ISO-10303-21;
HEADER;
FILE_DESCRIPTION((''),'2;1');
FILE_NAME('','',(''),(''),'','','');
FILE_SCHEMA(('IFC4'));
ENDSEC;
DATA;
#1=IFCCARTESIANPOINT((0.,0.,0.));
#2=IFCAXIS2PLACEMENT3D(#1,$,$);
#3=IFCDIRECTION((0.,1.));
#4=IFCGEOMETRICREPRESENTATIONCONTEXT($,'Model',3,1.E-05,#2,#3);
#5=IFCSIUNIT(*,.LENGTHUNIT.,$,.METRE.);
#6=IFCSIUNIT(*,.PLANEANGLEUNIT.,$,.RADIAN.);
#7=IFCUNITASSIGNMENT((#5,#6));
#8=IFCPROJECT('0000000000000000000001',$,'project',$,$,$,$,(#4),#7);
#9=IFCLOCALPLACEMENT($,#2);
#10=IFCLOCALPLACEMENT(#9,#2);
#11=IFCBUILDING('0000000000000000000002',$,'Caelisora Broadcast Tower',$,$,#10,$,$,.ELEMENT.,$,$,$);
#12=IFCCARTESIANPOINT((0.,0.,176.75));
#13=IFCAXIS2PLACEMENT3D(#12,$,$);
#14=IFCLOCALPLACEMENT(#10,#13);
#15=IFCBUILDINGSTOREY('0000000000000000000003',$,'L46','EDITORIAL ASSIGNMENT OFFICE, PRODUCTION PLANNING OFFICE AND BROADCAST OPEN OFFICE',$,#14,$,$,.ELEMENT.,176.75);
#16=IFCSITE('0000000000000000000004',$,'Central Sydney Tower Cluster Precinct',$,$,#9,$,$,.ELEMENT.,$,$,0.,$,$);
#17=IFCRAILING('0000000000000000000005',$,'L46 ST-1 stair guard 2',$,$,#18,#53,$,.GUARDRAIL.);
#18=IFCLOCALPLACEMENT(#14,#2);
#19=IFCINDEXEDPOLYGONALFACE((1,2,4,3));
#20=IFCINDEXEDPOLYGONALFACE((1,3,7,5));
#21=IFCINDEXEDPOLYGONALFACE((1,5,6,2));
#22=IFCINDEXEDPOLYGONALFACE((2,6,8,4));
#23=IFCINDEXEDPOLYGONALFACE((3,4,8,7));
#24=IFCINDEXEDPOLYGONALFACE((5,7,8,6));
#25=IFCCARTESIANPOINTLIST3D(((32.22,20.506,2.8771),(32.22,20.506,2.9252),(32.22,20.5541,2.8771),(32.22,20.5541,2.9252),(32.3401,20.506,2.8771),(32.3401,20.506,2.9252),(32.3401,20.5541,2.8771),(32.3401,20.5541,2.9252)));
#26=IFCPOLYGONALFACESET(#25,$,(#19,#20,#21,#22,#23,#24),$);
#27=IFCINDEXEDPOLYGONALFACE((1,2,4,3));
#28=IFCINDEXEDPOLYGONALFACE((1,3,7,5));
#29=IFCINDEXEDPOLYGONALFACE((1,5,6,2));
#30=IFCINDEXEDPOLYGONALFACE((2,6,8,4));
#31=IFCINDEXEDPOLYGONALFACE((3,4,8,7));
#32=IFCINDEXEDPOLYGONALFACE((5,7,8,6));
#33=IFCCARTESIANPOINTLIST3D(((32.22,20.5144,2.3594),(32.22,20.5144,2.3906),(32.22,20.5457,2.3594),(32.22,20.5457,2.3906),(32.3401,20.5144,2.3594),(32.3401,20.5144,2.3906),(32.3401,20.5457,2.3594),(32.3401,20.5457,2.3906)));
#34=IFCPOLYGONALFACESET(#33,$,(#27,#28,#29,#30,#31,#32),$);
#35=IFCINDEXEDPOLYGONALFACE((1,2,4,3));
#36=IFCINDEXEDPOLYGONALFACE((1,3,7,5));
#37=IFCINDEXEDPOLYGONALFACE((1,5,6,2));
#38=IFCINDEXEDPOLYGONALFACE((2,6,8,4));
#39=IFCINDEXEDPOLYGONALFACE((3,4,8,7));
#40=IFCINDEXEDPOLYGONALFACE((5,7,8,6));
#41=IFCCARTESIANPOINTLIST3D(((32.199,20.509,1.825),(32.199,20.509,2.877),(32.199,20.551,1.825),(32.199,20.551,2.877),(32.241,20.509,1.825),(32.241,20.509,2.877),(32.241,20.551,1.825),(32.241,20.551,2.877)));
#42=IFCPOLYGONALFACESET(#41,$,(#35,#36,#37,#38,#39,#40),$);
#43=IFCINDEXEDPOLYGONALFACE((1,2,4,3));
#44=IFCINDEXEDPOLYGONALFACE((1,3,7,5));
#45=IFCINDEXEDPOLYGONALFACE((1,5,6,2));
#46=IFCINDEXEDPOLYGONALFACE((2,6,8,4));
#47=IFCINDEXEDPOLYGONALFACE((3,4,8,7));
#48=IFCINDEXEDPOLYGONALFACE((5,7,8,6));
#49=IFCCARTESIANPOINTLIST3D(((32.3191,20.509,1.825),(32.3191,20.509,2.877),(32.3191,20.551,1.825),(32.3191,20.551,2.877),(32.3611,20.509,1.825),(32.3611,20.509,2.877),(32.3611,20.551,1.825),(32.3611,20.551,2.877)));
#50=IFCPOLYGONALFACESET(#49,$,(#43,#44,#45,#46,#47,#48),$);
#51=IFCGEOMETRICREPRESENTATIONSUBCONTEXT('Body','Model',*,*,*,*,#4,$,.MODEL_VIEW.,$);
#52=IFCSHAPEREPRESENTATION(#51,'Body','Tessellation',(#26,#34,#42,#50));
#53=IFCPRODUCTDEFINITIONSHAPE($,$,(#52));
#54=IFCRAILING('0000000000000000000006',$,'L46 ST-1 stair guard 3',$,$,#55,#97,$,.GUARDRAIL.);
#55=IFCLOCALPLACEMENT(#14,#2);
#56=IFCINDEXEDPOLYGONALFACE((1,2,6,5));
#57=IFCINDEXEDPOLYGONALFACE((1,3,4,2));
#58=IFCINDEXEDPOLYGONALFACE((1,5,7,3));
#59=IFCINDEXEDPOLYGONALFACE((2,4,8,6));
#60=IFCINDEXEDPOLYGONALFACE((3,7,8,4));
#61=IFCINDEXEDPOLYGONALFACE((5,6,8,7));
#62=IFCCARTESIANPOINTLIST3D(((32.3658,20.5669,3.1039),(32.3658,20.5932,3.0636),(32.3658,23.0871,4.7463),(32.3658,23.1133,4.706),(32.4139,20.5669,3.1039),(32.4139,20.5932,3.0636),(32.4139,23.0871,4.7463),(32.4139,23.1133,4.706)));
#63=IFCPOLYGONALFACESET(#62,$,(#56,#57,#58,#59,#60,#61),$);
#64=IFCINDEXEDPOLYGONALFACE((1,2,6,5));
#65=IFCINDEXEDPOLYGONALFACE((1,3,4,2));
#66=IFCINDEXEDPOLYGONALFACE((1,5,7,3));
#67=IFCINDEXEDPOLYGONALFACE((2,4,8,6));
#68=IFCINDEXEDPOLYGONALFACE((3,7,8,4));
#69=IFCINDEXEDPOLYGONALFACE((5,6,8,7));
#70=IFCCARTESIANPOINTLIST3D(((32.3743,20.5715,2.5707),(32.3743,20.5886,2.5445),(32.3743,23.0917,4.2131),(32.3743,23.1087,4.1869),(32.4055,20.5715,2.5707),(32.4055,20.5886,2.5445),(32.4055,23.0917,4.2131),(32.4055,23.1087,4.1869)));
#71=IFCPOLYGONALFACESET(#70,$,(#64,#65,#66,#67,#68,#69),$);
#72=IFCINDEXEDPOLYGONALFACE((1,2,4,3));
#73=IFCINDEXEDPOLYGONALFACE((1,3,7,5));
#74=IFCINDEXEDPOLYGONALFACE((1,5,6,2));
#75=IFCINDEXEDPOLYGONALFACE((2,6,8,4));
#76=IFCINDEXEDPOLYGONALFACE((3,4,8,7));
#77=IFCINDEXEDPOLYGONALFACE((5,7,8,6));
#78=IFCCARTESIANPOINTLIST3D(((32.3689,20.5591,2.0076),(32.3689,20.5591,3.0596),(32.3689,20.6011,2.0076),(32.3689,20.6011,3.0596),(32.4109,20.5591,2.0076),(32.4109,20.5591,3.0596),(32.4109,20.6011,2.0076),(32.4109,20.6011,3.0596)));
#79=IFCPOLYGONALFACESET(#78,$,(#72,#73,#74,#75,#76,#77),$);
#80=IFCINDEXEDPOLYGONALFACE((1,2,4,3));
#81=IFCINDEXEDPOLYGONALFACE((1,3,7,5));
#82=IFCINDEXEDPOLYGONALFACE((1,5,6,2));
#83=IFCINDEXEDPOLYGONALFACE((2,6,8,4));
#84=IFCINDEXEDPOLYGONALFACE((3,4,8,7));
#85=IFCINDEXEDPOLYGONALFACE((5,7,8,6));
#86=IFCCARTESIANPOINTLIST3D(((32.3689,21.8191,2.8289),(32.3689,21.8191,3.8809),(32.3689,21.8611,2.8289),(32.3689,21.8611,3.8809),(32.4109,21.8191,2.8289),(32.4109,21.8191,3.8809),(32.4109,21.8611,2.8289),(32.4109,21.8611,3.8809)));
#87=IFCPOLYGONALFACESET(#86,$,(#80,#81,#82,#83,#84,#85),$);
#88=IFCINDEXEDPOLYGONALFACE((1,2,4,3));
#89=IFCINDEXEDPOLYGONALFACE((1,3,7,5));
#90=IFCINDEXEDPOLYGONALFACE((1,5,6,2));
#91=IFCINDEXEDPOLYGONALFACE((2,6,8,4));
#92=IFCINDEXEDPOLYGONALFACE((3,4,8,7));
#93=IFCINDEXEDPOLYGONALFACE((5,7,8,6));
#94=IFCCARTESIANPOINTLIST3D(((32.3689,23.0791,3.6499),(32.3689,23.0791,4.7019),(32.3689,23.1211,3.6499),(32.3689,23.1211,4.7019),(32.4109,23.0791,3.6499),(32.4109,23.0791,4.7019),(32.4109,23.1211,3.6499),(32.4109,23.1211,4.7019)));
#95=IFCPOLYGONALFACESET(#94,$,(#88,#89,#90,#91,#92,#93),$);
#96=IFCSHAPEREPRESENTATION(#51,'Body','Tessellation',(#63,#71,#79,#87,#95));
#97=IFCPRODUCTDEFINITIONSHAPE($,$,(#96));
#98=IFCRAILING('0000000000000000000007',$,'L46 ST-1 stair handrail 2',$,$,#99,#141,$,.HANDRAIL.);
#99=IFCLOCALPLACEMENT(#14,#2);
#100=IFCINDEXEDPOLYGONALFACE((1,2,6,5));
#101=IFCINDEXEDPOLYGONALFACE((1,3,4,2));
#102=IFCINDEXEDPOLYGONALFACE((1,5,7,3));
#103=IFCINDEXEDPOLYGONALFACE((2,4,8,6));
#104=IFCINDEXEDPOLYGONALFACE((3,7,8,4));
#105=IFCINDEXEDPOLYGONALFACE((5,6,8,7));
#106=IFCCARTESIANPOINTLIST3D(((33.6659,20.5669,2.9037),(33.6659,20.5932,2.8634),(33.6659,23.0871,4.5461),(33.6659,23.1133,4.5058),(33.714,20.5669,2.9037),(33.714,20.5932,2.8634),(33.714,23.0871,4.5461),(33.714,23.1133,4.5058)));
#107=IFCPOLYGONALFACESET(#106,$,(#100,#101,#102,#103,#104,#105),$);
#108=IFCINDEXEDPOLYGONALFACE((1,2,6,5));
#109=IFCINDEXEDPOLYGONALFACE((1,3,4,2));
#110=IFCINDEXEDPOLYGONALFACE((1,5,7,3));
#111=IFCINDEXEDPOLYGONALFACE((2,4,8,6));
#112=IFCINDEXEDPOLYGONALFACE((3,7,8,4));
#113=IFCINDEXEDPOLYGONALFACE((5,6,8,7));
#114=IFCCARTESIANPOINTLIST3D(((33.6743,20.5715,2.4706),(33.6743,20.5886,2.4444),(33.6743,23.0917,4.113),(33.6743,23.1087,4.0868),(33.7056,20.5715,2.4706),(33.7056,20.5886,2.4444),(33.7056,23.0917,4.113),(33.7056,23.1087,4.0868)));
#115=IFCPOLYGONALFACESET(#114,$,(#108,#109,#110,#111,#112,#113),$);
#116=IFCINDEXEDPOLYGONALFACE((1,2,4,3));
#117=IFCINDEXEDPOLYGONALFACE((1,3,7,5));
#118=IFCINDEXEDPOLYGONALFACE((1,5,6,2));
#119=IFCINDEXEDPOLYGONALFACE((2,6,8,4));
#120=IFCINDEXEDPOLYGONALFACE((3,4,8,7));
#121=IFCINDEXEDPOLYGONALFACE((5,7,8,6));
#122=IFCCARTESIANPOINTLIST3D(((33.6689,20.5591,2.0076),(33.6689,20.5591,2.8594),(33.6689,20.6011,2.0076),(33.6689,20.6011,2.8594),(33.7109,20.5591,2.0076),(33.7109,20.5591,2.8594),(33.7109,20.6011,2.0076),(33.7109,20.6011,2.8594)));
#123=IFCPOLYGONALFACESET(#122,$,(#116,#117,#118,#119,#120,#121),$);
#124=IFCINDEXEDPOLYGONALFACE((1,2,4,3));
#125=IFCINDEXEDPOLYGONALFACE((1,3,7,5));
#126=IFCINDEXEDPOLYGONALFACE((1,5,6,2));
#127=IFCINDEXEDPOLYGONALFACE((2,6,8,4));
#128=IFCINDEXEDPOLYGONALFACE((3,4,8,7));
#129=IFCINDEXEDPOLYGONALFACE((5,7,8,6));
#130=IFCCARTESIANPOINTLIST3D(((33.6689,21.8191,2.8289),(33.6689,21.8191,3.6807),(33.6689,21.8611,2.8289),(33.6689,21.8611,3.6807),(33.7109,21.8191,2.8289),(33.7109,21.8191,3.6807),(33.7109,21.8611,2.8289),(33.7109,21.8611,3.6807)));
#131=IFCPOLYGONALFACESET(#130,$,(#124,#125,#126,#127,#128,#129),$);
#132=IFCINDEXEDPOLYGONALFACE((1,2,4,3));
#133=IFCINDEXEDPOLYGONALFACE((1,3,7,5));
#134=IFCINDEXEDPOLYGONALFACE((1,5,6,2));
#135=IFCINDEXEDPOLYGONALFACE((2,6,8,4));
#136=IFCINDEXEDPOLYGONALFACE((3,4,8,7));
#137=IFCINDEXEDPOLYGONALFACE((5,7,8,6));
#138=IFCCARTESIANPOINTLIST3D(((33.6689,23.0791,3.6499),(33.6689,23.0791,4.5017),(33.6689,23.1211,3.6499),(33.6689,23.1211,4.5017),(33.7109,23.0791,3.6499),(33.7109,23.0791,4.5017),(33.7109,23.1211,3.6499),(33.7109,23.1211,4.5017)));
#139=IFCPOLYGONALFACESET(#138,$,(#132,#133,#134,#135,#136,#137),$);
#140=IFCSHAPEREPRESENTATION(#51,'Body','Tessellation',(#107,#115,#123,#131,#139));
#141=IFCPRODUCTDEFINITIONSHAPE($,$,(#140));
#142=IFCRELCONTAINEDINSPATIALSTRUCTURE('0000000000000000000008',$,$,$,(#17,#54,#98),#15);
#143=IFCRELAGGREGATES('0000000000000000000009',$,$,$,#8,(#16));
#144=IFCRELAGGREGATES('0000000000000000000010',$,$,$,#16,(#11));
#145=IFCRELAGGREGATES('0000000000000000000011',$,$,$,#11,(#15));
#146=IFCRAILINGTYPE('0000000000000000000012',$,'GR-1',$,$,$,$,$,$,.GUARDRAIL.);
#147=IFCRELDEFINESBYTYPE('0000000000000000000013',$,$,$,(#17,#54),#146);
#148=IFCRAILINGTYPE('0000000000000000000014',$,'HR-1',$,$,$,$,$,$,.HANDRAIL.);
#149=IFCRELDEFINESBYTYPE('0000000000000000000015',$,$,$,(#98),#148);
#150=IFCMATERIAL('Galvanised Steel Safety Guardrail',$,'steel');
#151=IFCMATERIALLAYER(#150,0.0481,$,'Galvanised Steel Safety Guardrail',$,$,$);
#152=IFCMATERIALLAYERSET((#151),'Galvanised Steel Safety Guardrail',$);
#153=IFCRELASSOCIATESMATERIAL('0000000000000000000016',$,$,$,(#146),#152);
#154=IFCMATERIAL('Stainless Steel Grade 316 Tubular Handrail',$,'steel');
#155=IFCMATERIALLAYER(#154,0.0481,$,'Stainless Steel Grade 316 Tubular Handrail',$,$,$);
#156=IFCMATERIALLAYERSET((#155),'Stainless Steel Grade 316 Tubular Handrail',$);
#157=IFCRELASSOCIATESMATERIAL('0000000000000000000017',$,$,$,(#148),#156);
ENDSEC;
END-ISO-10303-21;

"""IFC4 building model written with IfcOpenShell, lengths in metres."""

from ifc_helpers import new_model, si_unit, direction, frame, origin, origin_2d, place, context, subcontext, project, spatial, rectangle, extrude, material, layer, layer_set, type_object, element, save


model = new_model("IFC4")

# Units and contexts
model_context = context("Model", 3, precision=1e-05, world=origin(), true_north=direction((0.0, 1.0)))
body_context = subcontext(model_context, "Body", "Model", "MODEL_VIEW")
ifc_project = project(units=[si_unit("LENGTHUNIT", "METRE"), si_unit("PLANEANGLEUNIT", "RADIAN")], contexts=[model_context])

# Site, building, storey
site_placement = place(None, origin())
site = spatial("IfcSite", under=ifc_project, at=site_placement, Name="Central Sydney Tower Cluster Precinct", CompositionType="ELEMENT", RefElevation=0.0)
building_placement = place(site_placement, origin())
building = spatial("IfcBuilding", under=site, at=building_placement, Name="Caelisora Broadcast Tower", CompositionType="ELEMENT")
storey_placement = place(building_placement, frame((0.0, 0.0, 176.75)))
storey = spatial("IfcBuildingStorey", under=building, at=storey_placement, Name="L46", Description="EDITORIAL ASSIGNMENT OFFICE, PRODUCTION PLANNING OFFICE AND BROADCAST OPEN OFFICE", CompositionType="ELEMENT", Elevation=176.75)

# Railings
ifc_material_1 = material(Name="Galvanised Steel Safety Guardrail", Category="steel")
ifc_layer_1 = layer(ifc_material_1, 0.0481, Name="Galvanised Steel Safety Guardrail")
ifc_layer_set_1 = layer_set([ifc_layer_1], Name="Galvanised Steel Safety Guardrail")
railing_type_1 = type_object("IfcRailingType", Name="GR-1", PredefinedType="GUARDRAIL", material=ifc_layer_set_1)
railing_1_placement = place(storey_placement, frame((32.22, 20.53, 1.825)))
element("IfcRailing", 1, at=railing_1_placement, inside=storey, type_object=railing_type_1, Name="L46 ST-1 stair guard 2", PredefinedType="GUARDRAIL", context=body_context, shape_type="SweptSolid", body=[
    extrude(rectangle(XDim=0.0481, YDim=0.0481, at=origin_2d()), frame((0.0, 0.0, 1.0762), z_axis=(1.0, 0.0, 0.0), x_axis=(0.0, 1.0, 0.0)), (0.0, 0.0, 1.0), 0.1201),
    extrude(rectangle(XDim=0.0312, YDim=0.0312, at=origin_2d()), frame((0.0, 0.0, 0.55), z_axis=(1.0, 0.0, 0.0), x_axis=(0.0, 1.0, 0.0)), (0.0, 0.0, 1.0), 0.1201),
    extrude(rectangle(XDim=0.042, YDim=0.042, at=origin_2d()), origin(), (0.0, 0.0, 1.0), 1.052),
    extrude(rectangle(XDim=0.042, YDim=0.042, at=origin_2d()), frame((0.1201, 0.0, 0.0)), (0.0, 0.0, 1.0), 1.052),
])
railing_2_placement = place(storey_placement, frame((32.3899, 20.5801, 2.0076)))
element("IfcRailing", 2, at=railing_2_placement, inside=storey, type_object=railing_type_1, Name="L46 ST-1 stair guard 3", PredefinedType="GUARDRAIL", context=body_context, shape_type="SweptSolid", body=[
    extrude(rectangle(XDim=0.0481, YDim=0.0481, at=origin_2d()), frame((0.0, 0.0, 1.0762), z_axis=(0.0, 0.837787, 0.545998), x_axis=(-1.0, 0.0, 0.0)), (0.0, 0.0, 1.0), 3.0081),
    extrude(rectangle(XDim=0.0312, YDim=0.0312, at=origin_2d()), frame((0.0, 0.0, 0.55), z_axis=(0.0, 0.837787, 0.545998), x_axis=(-1.0, 0.0, 0.0)), (0.0, 0.0, 1.0), 3.0081),
    extrude(rectangle(XDim=0.042, YDim=0.042, at=origin_2d()), origin(), (0.0, 0.0, 1.0), 1.052),
    extrude(rectangle(XDim=0.042, YDim=0.042, at=origin_2d()), frame((0.0, 1.26, 0.8213)), (0.0, 0.0, 1.0), 1.052),
    extrude(rectangle(XDim=0.042, YDim=0.042, at=origin_2d()), frame((0.0, 2.52, 1.6423)), (0.0, 0.0, 1.0), 1.052),
])
ifc_material_2 = material(Name="Stainless Steel Grade 316 Tubular Handrail", Category="steel")
ifc_layer_2 = layer(ifc_material_2, 0.0481, Name="Stainless Steel Grade 316 Tubular Handrail")
ifc_layer_set_2 = layer_set([ifc_layer_2], Name="Stainless Steel Grade 316 Tubular Handrail")
railing_type_2 = type_object("IfcRailingType", Name="HR-1", PredefinedType="HANDRAIL", material=ifc_layer_set_2)
railing_3_placement = place(storey_placement, frame((33.6899, 20.5801, 2.0076)))
element("IfcRailing", 3, at=railing_3_placement, inside=storey, type_object=railing_type_2, Name="L46 ST-1 stair handrail 2", PredefinedType="HANDRAIL", context=body_context, shape_type="SweptSolid", body=[
    extrude(rectangle(XDim=0.0481, YDim=0.0481, at=origin_2d()), frame((0.0, 0.0, 0.876), z_axis=(0.0, 0.837787, 0.545998), x_axis=(-1.0, 0.0, 0.0)), (0.0, 0.0, 1.0), 3.0081),
    extrude(rectangle(XDim=0.0312, YDim=0.0312, at=origin_2d()), frame((0.0, 0.0, 0.45), z_axis=(0.0, 0.837787, 0.545998), x_axis=(-1.0, 0.0, 0.0)), (0.0, 0.0, 1.0), 3.0081),
    extrude(rectangle(XDim=0.042, YDim=0.042, at=origin_2d()), origin(), (0.0, 0.0, 1.0), 0.8518),
    extrude(rectangle(XDim=0.042, YDim=0.042, at=origin_2d()), frame((0.0, 1.26, 0.8213)), (0.0, 0.0, 1.0), 0.8518),
    extrude(rectangle(XDim=0.042, YDim=0.042, at=origin_2d()), frame((0.0, 2.52, 1.6423)), (0.0, 0.0, 1.0), 0.8518),
])

save(model, "model.ifc")
